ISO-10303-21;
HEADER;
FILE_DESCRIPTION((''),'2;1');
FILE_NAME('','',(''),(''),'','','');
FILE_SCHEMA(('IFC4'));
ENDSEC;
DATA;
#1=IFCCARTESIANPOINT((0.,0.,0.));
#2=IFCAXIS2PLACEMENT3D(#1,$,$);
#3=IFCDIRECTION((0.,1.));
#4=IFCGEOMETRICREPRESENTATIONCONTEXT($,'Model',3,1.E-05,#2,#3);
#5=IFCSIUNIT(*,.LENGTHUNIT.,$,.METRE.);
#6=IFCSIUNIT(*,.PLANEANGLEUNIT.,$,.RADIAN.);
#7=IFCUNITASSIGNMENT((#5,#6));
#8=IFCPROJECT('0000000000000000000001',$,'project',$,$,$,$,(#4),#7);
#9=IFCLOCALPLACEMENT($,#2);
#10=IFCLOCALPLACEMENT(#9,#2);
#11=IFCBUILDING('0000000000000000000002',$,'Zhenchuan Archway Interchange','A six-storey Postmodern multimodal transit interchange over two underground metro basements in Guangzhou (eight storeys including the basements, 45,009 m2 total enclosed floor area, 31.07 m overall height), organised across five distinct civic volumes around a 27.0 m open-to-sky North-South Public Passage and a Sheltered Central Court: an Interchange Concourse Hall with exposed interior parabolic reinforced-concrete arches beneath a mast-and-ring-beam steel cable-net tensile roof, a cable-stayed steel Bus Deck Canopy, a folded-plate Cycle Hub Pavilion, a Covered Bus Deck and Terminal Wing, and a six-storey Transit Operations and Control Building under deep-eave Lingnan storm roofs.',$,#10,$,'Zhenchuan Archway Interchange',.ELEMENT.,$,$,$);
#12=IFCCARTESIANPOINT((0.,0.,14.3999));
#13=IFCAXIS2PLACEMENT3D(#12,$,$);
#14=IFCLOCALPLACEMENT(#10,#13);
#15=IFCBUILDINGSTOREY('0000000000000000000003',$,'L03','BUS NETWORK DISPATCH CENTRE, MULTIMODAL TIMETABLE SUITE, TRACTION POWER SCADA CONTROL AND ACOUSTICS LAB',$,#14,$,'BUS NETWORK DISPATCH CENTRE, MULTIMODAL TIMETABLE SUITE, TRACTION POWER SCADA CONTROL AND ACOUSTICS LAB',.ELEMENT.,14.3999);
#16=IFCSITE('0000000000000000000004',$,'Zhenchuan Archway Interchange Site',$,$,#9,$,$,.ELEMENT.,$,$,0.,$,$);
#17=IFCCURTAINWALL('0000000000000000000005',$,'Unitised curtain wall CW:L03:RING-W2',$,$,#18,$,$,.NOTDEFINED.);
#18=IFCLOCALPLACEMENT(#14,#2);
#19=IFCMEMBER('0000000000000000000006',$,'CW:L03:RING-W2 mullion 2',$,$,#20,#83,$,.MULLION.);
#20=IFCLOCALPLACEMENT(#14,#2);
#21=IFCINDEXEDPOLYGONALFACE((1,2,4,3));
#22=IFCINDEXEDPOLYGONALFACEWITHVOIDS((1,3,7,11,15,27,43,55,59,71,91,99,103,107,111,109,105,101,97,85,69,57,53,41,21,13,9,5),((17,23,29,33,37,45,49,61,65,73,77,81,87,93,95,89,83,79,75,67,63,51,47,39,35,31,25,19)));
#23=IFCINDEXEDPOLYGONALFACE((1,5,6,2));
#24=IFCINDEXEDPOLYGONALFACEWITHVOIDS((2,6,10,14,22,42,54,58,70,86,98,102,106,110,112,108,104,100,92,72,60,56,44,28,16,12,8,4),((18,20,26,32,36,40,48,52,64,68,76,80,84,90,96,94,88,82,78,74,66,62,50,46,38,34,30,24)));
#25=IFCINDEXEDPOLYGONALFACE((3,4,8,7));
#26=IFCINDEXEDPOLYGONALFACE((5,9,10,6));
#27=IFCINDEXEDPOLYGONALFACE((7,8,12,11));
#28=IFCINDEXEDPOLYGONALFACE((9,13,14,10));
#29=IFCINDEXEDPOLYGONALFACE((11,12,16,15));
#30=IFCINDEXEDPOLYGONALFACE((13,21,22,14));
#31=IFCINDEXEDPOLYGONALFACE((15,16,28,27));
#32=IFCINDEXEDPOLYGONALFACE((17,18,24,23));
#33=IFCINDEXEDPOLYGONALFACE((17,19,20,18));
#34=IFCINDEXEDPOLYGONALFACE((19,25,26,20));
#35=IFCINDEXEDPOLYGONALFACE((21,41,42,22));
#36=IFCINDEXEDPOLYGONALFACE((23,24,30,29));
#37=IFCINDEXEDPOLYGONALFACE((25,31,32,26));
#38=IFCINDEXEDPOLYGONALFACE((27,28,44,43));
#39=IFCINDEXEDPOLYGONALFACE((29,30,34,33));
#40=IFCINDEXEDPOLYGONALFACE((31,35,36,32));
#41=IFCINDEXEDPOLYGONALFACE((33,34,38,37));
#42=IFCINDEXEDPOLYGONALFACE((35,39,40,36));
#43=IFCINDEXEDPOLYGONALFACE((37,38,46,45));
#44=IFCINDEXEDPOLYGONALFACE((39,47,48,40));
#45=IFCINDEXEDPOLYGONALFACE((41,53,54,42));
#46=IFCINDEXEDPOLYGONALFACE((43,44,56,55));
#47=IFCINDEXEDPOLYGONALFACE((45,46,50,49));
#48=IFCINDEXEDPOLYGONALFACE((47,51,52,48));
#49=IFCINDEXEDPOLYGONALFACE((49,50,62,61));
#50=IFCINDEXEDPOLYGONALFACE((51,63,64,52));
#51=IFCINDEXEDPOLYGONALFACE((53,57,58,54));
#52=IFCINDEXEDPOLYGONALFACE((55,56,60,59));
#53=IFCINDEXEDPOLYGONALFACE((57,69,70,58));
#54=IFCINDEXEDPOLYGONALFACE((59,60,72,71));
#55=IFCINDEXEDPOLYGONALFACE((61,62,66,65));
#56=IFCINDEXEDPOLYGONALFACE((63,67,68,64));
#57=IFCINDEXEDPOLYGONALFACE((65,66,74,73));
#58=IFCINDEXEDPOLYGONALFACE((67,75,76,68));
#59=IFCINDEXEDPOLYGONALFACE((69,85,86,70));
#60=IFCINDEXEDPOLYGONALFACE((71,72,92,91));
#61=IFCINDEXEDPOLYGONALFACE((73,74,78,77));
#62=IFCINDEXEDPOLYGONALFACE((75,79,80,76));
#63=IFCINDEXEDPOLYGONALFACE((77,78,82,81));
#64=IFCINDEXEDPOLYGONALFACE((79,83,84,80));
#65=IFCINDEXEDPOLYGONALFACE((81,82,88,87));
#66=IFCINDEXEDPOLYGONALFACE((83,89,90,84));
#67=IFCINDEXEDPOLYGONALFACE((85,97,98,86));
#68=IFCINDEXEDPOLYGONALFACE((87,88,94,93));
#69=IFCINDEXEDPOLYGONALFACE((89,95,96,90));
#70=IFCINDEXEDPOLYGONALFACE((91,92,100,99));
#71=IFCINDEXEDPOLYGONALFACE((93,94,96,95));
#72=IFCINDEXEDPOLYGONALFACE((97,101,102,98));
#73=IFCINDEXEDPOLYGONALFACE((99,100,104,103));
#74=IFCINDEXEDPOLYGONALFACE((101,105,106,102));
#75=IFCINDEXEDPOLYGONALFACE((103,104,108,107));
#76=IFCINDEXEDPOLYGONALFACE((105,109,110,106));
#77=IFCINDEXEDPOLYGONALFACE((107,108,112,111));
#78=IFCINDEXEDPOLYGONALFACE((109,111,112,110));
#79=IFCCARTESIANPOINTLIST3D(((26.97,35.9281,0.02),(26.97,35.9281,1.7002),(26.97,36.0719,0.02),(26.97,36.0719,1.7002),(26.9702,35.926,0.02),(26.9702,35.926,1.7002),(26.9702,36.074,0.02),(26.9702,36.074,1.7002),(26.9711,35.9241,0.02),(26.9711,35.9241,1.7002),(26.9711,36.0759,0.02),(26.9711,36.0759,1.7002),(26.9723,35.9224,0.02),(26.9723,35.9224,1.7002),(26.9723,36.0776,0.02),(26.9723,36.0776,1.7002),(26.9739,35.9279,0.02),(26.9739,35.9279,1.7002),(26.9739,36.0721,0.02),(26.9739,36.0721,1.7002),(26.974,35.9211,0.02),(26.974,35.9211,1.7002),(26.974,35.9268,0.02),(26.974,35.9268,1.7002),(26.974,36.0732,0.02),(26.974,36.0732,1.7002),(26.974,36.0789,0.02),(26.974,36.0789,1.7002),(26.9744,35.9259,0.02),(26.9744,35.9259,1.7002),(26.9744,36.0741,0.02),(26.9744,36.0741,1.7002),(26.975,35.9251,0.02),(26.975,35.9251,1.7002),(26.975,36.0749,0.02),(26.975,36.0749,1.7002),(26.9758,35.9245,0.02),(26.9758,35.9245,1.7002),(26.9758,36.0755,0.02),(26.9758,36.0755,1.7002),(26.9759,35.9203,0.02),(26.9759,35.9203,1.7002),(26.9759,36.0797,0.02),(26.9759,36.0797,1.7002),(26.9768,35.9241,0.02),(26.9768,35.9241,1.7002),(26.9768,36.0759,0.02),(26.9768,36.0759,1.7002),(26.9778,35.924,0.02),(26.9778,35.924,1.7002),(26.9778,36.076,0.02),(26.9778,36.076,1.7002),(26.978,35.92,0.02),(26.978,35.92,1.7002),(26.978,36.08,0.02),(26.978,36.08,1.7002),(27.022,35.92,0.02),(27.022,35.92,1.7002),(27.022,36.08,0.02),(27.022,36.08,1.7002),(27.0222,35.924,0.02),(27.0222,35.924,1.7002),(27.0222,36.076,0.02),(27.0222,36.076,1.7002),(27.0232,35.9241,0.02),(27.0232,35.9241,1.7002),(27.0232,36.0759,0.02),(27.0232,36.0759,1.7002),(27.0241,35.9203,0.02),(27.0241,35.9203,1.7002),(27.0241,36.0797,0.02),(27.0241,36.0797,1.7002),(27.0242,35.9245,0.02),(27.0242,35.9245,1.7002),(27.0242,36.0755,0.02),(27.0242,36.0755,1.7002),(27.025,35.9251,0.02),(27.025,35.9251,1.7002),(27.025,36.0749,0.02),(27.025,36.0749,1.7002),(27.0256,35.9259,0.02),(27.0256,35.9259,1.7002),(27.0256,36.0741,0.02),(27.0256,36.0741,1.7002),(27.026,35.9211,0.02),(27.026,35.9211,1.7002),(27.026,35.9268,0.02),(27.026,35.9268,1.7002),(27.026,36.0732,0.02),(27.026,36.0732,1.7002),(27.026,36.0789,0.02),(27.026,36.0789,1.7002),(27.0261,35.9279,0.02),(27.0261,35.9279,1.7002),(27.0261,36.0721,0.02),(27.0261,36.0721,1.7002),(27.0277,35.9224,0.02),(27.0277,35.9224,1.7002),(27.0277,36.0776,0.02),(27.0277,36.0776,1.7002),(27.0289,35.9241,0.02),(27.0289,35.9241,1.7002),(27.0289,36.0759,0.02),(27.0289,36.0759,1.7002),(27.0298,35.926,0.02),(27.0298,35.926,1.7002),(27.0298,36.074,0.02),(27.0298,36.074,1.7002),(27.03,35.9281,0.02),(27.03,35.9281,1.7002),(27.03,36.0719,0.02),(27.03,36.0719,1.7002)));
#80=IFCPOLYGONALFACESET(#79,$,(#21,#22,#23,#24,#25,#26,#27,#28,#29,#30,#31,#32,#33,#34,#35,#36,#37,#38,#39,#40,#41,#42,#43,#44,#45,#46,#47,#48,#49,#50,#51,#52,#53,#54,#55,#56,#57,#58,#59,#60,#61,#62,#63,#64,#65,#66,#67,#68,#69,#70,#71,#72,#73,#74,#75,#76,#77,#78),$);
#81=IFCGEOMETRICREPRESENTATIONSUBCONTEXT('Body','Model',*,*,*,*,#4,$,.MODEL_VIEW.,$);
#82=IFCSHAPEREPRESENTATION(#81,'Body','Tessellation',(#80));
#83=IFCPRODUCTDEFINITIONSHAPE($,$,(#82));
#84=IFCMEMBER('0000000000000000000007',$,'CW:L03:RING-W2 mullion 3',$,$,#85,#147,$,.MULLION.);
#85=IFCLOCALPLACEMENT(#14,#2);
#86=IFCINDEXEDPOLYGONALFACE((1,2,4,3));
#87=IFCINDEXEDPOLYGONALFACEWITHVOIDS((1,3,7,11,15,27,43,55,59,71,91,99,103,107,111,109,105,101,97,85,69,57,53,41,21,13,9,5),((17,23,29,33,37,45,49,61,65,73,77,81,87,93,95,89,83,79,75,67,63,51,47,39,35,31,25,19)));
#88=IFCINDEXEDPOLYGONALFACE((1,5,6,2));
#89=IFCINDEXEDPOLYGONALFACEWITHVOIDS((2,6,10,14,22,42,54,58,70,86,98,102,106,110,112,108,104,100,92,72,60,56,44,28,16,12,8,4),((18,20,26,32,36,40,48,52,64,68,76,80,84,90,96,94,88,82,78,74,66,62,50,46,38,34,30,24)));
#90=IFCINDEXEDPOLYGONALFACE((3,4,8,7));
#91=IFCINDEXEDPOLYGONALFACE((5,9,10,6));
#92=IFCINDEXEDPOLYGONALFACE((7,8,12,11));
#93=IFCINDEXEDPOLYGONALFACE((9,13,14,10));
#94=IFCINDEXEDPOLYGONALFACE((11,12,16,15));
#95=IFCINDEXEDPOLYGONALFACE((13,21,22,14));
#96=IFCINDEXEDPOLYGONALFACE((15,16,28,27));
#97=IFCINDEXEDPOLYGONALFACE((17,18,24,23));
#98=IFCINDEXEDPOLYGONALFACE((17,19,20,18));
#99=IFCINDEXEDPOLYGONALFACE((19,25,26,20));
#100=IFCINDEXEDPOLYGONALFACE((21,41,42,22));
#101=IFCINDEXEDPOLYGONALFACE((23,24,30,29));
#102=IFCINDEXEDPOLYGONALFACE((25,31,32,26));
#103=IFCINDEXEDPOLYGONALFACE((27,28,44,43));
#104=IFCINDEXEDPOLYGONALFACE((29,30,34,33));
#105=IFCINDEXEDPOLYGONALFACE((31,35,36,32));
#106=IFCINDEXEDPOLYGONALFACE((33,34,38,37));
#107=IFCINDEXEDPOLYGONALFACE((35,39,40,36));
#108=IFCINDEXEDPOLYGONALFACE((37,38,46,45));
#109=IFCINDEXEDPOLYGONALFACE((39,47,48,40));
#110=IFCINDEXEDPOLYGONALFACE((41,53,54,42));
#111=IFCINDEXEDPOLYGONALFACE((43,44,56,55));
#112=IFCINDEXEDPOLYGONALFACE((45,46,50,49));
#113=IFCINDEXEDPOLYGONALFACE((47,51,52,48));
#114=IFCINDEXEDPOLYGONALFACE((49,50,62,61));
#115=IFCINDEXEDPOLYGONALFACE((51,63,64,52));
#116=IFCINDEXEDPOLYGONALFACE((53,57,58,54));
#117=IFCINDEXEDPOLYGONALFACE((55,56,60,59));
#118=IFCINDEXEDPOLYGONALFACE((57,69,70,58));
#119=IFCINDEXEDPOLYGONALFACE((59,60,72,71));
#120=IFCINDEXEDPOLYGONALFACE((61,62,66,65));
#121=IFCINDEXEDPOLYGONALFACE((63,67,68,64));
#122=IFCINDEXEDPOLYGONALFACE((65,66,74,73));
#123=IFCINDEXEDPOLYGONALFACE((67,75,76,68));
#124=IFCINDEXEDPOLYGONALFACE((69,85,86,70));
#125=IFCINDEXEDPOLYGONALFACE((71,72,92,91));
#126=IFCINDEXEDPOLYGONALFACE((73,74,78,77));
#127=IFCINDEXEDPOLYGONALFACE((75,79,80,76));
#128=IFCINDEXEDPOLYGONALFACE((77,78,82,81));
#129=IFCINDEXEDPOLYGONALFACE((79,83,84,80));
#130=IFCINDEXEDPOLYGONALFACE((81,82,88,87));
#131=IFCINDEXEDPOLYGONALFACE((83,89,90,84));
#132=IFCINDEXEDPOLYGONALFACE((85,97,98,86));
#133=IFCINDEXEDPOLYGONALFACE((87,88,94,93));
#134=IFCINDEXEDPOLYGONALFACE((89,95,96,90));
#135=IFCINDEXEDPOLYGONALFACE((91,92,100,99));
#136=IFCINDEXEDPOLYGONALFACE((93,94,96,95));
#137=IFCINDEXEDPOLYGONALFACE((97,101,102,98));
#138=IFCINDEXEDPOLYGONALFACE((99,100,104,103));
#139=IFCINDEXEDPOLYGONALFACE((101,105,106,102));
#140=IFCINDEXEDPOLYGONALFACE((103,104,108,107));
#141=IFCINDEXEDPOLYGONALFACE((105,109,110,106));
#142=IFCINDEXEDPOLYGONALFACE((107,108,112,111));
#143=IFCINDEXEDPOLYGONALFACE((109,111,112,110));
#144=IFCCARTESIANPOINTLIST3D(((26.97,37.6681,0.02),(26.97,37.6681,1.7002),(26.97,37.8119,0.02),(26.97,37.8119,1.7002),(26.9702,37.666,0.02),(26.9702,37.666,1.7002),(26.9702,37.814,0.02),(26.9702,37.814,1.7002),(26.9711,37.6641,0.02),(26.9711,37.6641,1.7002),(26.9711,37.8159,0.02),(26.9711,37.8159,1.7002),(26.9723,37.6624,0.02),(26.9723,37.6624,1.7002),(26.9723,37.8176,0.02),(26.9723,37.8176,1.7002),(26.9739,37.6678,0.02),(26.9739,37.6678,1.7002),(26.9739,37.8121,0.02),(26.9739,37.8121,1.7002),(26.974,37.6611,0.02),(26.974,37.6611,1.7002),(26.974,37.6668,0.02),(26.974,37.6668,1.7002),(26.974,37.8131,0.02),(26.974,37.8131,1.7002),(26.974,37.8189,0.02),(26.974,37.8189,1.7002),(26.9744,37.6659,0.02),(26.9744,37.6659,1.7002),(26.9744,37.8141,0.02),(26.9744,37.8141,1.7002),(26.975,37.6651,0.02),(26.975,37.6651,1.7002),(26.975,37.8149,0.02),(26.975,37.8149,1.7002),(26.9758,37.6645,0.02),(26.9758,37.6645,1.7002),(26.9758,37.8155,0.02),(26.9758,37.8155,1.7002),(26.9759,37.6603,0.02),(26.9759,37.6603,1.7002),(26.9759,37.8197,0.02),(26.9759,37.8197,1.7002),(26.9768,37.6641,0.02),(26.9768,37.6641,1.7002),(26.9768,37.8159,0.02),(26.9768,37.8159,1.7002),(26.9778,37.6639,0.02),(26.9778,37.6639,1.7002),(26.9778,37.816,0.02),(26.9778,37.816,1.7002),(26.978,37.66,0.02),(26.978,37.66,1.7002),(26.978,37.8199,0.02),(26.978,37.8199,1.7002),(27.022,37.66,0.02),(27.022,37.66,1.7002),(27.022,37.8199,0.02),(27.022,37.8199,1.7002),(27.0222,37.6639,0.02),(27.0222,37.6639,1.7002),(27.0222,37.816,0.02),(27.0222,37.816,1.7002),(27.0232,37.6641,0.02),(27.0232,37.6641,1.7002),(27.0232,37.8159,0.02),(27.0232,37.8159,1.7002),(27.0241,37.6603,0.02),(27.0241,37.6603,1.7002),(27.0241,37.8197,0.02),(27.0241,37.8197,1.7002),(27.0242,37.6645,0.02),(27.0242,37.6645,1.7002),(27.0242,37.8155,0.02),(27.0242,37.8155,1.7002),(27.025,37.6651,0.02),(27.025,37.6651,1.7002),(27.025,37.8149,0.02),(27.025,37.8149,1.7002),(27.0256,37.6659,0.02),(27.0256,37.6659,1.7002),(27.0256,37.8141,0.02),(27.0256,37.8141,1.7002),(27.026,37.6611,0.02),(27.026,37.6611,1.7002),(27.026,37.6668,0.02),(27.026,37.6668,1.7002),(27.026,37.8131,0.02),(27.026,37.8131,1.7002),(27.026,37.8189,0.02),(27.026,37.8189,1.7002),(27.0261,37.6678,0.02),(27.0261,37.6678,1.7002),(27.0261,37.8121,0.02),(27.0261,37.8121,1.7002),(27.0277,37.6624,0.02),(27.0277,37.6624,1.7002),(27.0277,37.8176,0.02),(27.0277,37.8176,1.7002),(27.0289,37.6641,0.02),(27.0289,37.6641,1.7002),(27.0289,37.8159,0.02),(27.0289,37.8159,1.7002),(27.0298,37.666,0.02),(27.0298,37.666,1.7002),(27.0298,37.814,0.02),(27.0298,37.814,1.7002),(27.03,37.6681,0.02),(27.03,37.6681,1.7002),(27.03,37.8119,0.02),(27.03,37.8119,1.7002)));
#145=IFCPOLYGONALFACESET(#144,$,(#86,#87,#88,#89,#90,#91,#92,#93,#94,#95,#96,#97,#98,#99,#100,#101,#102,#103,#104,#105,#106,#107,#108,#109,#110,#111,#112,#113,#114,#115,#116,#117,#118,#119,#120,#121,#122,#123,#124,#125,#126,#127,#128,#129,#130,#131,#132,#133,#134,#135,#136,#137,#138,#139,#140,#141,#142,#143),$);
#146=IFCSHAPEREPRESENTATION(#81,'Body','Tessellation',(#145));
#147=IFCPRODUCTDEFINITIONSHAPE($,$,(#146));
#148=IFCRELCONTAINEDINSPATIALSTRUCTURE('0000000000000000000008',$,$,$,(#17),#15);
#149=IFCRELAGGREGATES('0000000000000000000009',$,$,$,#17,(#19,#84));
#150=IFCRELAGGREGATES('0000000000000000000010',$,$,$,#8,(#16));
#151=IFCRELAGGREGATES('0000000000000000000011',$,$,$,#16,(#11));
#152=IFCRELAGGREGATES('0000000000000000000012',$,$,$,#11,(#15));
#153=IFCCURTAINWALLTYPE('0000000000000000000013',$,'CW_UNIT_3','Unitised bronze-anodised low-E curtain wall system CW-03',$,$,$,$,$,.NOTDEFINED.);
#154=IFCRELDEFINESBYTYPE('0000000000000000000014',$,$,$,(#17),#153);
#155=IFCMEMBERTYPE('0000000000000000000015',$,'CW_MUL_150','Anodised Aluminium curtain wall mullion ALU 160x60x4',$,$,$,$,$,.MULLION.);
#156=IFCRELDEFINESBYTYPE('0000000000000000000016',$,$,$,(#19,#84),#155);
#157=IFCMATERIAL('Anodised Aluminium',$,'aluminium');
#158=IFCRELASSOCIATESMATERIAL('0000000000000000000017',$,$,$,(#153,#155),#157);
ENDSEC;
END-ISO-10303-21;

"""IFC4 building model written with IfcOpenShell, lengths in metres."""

from ifc_helpers import new_model, si_unit, direction, frame, origin, origin_2d, place, context, subcontext, project, spatial, hollow_rectangle, extrude, material, material_profile, profile_set, type_object, element, aggregate, save


model = new_model("IFC4")

# Units and contexts
model_context = context("Model", 3, precision=1e-05, world=origin(), true_north=direction((0.0, 1.0)))
body_context = subcontext(model_context, "Body", "Model", "MODEL_VIEW")
ifc_project = project(units=[si_unit("LENGTHUNIT", "METRE"), si_unit("PLANEANGLEUNIT", "RADIAN")], contexts=[model_context])

# Site, building, storey
site_placement = place(None, origin())
site = spatial("IfcSite", under=ifc_project, at=site_placement, Name="Zhenchuan Archway Interchange Site", CompositionType="ELEMENT", RefElevation=0.0)
building_placement = place(site_placement, origin())
building = spatial("IfcBuilding", under=site, at=building_placement, Name="Zhenchuan Archway Interchange", Description="A six-storey Postmodern multimodal transit interchange over two underground metro basements in Guangzhou (eight storeys including the basements, 45,009 m2 total enclosed floor area, 31.07 m overall height), organised across five distinct civic volumes around a 27.0 m open-to-sky North-South Public Passage and a Sheltered Central Court: an Interchange Concourse Hall with exposed interior parabolic reinforced-concrete arches beneath a mast-and-ring-beam steel cable-net tensile roof, a cable-stayed steel Bus Deck Canopy, a folded-plate Cycle Hub Pavilion, a Covered Bus Deck and Terminal Wing, and a six-storey Transit Operations and Control Building under deep-eave Lingnan storm roofs.", LongName="Zhenchuan Archway Interchange", CompositionType="ELEMENT")
storey_placement = place(building_placement, frame((0.0, 0.0, 14.3999)))
storey = spatial("IfcBuildingStorey", under=building, at=storey_placement, Name="L03", Description="BUS NETWORK DISPATCH CENTRE, MULTIMODAL TIMETABLE SUITE, TRACTION POWER SCADA CONTROL AND ACOUSTICS LAB", LongName="BUS NETWORK DISPATCH CENTRE, MULTIMODAL TIMETABLE SUITE, TRACTION POWER SCADA CONTROL AND ACOUSTICS LAB", CompositionType="ELEMENT", Elevation=14.3999)

# Curtain wall, members
ifc_material_1 = material(Name="Anodised Aluminium", Category="aluminium")
curtain_wall_type = type_object("IfcCurtainWallType", Name="CW_UNIT_3", Description="Unitised bronze-anodised low-E curtain wall system CW-03", PredefinedType="NOTDEFINED", material=ifc_material_1)
curtain_wall_1_placement = place(storey_placement, origin())
curtain_wall_1 = element("IfcCurtainWall", 1, at=curtain_wall_1_placement, inside=storey, type_object=curtain_wall_type, Name="Unitised curtain wall CW:L03:RING-W2", PredefinedType="NOTDEFINED")
ifc_material_profile_1 = material_profile(ifc_material_1, hollow_rectangle(XDim=0.0601, YDim=0.1599, WallThickness=0.0039, InnerFilletRadius=0.0039, OuterFilletRadius=0.0081, at=origin_2d()), Name="ALU 160x60x4")
ifc_profile_set_1 = profile_set([ifc_material_profile_1], Name="Anodised Aluminium")
member_type_1 = type_object("IfcMemberType", Name="CW_MUL_150", Description="Anodised Aluminium curtain wall mullion ALU 160x60x4", PredefinedType="MULLION", material=ifc_profile_set_1)
member_1_placement = place(storey_placement, frame((27.0, 36.0, 0.02), z_axis=(0.0, 0.0, 1.0), x_axis=(1.0, 0.0, 0.0)))
member_1 = element("IfcMember", 2, at=member_1_placement, type_object=member_type_1, Name="CW:L03:RING-W2 mullion 2", PredefinedType="MULLION", context=body_context, shape_type="SweptSolid", body=[
    extrude(hollow_rectangle(XDim=0.0601, YDim=0.1599, WallThickness=0.0039, InnerFilletRadius=0.0039, OuterFilletRadius=0.0081, at=origin_2d()), origin(), (0.0, 0.0, 1.0), 1.6802),
])
member_2_placement = place(storey_placement, frame((27.0, 37.74, 0.02), z_axis=(0.0, 0.0, 1.0), x_axis=(1.0, 0.0, 0.0)))
member_2 = element("IfcMember", 3, at=member_2_placement, type_object=member_type_1, Name="CW:L03:RING-W2 mullion 3", PredefinedType="MULLION", context=body_context, shape_type="SweptSolid", body=[
    extrude(hollow_rectangle(XDim=0.0601, YDim=0.1599, WallThickness=0.0039, InnerFilletRadius=0.0039, OuterFilletRadius=0.0081, at=origin_2d()), origin(), (0.0, 0.0, 1.0), 1.6802),
])

aggregate(curtain_wall_1, [member_1, member_2])

save(model, "model.ifc")
